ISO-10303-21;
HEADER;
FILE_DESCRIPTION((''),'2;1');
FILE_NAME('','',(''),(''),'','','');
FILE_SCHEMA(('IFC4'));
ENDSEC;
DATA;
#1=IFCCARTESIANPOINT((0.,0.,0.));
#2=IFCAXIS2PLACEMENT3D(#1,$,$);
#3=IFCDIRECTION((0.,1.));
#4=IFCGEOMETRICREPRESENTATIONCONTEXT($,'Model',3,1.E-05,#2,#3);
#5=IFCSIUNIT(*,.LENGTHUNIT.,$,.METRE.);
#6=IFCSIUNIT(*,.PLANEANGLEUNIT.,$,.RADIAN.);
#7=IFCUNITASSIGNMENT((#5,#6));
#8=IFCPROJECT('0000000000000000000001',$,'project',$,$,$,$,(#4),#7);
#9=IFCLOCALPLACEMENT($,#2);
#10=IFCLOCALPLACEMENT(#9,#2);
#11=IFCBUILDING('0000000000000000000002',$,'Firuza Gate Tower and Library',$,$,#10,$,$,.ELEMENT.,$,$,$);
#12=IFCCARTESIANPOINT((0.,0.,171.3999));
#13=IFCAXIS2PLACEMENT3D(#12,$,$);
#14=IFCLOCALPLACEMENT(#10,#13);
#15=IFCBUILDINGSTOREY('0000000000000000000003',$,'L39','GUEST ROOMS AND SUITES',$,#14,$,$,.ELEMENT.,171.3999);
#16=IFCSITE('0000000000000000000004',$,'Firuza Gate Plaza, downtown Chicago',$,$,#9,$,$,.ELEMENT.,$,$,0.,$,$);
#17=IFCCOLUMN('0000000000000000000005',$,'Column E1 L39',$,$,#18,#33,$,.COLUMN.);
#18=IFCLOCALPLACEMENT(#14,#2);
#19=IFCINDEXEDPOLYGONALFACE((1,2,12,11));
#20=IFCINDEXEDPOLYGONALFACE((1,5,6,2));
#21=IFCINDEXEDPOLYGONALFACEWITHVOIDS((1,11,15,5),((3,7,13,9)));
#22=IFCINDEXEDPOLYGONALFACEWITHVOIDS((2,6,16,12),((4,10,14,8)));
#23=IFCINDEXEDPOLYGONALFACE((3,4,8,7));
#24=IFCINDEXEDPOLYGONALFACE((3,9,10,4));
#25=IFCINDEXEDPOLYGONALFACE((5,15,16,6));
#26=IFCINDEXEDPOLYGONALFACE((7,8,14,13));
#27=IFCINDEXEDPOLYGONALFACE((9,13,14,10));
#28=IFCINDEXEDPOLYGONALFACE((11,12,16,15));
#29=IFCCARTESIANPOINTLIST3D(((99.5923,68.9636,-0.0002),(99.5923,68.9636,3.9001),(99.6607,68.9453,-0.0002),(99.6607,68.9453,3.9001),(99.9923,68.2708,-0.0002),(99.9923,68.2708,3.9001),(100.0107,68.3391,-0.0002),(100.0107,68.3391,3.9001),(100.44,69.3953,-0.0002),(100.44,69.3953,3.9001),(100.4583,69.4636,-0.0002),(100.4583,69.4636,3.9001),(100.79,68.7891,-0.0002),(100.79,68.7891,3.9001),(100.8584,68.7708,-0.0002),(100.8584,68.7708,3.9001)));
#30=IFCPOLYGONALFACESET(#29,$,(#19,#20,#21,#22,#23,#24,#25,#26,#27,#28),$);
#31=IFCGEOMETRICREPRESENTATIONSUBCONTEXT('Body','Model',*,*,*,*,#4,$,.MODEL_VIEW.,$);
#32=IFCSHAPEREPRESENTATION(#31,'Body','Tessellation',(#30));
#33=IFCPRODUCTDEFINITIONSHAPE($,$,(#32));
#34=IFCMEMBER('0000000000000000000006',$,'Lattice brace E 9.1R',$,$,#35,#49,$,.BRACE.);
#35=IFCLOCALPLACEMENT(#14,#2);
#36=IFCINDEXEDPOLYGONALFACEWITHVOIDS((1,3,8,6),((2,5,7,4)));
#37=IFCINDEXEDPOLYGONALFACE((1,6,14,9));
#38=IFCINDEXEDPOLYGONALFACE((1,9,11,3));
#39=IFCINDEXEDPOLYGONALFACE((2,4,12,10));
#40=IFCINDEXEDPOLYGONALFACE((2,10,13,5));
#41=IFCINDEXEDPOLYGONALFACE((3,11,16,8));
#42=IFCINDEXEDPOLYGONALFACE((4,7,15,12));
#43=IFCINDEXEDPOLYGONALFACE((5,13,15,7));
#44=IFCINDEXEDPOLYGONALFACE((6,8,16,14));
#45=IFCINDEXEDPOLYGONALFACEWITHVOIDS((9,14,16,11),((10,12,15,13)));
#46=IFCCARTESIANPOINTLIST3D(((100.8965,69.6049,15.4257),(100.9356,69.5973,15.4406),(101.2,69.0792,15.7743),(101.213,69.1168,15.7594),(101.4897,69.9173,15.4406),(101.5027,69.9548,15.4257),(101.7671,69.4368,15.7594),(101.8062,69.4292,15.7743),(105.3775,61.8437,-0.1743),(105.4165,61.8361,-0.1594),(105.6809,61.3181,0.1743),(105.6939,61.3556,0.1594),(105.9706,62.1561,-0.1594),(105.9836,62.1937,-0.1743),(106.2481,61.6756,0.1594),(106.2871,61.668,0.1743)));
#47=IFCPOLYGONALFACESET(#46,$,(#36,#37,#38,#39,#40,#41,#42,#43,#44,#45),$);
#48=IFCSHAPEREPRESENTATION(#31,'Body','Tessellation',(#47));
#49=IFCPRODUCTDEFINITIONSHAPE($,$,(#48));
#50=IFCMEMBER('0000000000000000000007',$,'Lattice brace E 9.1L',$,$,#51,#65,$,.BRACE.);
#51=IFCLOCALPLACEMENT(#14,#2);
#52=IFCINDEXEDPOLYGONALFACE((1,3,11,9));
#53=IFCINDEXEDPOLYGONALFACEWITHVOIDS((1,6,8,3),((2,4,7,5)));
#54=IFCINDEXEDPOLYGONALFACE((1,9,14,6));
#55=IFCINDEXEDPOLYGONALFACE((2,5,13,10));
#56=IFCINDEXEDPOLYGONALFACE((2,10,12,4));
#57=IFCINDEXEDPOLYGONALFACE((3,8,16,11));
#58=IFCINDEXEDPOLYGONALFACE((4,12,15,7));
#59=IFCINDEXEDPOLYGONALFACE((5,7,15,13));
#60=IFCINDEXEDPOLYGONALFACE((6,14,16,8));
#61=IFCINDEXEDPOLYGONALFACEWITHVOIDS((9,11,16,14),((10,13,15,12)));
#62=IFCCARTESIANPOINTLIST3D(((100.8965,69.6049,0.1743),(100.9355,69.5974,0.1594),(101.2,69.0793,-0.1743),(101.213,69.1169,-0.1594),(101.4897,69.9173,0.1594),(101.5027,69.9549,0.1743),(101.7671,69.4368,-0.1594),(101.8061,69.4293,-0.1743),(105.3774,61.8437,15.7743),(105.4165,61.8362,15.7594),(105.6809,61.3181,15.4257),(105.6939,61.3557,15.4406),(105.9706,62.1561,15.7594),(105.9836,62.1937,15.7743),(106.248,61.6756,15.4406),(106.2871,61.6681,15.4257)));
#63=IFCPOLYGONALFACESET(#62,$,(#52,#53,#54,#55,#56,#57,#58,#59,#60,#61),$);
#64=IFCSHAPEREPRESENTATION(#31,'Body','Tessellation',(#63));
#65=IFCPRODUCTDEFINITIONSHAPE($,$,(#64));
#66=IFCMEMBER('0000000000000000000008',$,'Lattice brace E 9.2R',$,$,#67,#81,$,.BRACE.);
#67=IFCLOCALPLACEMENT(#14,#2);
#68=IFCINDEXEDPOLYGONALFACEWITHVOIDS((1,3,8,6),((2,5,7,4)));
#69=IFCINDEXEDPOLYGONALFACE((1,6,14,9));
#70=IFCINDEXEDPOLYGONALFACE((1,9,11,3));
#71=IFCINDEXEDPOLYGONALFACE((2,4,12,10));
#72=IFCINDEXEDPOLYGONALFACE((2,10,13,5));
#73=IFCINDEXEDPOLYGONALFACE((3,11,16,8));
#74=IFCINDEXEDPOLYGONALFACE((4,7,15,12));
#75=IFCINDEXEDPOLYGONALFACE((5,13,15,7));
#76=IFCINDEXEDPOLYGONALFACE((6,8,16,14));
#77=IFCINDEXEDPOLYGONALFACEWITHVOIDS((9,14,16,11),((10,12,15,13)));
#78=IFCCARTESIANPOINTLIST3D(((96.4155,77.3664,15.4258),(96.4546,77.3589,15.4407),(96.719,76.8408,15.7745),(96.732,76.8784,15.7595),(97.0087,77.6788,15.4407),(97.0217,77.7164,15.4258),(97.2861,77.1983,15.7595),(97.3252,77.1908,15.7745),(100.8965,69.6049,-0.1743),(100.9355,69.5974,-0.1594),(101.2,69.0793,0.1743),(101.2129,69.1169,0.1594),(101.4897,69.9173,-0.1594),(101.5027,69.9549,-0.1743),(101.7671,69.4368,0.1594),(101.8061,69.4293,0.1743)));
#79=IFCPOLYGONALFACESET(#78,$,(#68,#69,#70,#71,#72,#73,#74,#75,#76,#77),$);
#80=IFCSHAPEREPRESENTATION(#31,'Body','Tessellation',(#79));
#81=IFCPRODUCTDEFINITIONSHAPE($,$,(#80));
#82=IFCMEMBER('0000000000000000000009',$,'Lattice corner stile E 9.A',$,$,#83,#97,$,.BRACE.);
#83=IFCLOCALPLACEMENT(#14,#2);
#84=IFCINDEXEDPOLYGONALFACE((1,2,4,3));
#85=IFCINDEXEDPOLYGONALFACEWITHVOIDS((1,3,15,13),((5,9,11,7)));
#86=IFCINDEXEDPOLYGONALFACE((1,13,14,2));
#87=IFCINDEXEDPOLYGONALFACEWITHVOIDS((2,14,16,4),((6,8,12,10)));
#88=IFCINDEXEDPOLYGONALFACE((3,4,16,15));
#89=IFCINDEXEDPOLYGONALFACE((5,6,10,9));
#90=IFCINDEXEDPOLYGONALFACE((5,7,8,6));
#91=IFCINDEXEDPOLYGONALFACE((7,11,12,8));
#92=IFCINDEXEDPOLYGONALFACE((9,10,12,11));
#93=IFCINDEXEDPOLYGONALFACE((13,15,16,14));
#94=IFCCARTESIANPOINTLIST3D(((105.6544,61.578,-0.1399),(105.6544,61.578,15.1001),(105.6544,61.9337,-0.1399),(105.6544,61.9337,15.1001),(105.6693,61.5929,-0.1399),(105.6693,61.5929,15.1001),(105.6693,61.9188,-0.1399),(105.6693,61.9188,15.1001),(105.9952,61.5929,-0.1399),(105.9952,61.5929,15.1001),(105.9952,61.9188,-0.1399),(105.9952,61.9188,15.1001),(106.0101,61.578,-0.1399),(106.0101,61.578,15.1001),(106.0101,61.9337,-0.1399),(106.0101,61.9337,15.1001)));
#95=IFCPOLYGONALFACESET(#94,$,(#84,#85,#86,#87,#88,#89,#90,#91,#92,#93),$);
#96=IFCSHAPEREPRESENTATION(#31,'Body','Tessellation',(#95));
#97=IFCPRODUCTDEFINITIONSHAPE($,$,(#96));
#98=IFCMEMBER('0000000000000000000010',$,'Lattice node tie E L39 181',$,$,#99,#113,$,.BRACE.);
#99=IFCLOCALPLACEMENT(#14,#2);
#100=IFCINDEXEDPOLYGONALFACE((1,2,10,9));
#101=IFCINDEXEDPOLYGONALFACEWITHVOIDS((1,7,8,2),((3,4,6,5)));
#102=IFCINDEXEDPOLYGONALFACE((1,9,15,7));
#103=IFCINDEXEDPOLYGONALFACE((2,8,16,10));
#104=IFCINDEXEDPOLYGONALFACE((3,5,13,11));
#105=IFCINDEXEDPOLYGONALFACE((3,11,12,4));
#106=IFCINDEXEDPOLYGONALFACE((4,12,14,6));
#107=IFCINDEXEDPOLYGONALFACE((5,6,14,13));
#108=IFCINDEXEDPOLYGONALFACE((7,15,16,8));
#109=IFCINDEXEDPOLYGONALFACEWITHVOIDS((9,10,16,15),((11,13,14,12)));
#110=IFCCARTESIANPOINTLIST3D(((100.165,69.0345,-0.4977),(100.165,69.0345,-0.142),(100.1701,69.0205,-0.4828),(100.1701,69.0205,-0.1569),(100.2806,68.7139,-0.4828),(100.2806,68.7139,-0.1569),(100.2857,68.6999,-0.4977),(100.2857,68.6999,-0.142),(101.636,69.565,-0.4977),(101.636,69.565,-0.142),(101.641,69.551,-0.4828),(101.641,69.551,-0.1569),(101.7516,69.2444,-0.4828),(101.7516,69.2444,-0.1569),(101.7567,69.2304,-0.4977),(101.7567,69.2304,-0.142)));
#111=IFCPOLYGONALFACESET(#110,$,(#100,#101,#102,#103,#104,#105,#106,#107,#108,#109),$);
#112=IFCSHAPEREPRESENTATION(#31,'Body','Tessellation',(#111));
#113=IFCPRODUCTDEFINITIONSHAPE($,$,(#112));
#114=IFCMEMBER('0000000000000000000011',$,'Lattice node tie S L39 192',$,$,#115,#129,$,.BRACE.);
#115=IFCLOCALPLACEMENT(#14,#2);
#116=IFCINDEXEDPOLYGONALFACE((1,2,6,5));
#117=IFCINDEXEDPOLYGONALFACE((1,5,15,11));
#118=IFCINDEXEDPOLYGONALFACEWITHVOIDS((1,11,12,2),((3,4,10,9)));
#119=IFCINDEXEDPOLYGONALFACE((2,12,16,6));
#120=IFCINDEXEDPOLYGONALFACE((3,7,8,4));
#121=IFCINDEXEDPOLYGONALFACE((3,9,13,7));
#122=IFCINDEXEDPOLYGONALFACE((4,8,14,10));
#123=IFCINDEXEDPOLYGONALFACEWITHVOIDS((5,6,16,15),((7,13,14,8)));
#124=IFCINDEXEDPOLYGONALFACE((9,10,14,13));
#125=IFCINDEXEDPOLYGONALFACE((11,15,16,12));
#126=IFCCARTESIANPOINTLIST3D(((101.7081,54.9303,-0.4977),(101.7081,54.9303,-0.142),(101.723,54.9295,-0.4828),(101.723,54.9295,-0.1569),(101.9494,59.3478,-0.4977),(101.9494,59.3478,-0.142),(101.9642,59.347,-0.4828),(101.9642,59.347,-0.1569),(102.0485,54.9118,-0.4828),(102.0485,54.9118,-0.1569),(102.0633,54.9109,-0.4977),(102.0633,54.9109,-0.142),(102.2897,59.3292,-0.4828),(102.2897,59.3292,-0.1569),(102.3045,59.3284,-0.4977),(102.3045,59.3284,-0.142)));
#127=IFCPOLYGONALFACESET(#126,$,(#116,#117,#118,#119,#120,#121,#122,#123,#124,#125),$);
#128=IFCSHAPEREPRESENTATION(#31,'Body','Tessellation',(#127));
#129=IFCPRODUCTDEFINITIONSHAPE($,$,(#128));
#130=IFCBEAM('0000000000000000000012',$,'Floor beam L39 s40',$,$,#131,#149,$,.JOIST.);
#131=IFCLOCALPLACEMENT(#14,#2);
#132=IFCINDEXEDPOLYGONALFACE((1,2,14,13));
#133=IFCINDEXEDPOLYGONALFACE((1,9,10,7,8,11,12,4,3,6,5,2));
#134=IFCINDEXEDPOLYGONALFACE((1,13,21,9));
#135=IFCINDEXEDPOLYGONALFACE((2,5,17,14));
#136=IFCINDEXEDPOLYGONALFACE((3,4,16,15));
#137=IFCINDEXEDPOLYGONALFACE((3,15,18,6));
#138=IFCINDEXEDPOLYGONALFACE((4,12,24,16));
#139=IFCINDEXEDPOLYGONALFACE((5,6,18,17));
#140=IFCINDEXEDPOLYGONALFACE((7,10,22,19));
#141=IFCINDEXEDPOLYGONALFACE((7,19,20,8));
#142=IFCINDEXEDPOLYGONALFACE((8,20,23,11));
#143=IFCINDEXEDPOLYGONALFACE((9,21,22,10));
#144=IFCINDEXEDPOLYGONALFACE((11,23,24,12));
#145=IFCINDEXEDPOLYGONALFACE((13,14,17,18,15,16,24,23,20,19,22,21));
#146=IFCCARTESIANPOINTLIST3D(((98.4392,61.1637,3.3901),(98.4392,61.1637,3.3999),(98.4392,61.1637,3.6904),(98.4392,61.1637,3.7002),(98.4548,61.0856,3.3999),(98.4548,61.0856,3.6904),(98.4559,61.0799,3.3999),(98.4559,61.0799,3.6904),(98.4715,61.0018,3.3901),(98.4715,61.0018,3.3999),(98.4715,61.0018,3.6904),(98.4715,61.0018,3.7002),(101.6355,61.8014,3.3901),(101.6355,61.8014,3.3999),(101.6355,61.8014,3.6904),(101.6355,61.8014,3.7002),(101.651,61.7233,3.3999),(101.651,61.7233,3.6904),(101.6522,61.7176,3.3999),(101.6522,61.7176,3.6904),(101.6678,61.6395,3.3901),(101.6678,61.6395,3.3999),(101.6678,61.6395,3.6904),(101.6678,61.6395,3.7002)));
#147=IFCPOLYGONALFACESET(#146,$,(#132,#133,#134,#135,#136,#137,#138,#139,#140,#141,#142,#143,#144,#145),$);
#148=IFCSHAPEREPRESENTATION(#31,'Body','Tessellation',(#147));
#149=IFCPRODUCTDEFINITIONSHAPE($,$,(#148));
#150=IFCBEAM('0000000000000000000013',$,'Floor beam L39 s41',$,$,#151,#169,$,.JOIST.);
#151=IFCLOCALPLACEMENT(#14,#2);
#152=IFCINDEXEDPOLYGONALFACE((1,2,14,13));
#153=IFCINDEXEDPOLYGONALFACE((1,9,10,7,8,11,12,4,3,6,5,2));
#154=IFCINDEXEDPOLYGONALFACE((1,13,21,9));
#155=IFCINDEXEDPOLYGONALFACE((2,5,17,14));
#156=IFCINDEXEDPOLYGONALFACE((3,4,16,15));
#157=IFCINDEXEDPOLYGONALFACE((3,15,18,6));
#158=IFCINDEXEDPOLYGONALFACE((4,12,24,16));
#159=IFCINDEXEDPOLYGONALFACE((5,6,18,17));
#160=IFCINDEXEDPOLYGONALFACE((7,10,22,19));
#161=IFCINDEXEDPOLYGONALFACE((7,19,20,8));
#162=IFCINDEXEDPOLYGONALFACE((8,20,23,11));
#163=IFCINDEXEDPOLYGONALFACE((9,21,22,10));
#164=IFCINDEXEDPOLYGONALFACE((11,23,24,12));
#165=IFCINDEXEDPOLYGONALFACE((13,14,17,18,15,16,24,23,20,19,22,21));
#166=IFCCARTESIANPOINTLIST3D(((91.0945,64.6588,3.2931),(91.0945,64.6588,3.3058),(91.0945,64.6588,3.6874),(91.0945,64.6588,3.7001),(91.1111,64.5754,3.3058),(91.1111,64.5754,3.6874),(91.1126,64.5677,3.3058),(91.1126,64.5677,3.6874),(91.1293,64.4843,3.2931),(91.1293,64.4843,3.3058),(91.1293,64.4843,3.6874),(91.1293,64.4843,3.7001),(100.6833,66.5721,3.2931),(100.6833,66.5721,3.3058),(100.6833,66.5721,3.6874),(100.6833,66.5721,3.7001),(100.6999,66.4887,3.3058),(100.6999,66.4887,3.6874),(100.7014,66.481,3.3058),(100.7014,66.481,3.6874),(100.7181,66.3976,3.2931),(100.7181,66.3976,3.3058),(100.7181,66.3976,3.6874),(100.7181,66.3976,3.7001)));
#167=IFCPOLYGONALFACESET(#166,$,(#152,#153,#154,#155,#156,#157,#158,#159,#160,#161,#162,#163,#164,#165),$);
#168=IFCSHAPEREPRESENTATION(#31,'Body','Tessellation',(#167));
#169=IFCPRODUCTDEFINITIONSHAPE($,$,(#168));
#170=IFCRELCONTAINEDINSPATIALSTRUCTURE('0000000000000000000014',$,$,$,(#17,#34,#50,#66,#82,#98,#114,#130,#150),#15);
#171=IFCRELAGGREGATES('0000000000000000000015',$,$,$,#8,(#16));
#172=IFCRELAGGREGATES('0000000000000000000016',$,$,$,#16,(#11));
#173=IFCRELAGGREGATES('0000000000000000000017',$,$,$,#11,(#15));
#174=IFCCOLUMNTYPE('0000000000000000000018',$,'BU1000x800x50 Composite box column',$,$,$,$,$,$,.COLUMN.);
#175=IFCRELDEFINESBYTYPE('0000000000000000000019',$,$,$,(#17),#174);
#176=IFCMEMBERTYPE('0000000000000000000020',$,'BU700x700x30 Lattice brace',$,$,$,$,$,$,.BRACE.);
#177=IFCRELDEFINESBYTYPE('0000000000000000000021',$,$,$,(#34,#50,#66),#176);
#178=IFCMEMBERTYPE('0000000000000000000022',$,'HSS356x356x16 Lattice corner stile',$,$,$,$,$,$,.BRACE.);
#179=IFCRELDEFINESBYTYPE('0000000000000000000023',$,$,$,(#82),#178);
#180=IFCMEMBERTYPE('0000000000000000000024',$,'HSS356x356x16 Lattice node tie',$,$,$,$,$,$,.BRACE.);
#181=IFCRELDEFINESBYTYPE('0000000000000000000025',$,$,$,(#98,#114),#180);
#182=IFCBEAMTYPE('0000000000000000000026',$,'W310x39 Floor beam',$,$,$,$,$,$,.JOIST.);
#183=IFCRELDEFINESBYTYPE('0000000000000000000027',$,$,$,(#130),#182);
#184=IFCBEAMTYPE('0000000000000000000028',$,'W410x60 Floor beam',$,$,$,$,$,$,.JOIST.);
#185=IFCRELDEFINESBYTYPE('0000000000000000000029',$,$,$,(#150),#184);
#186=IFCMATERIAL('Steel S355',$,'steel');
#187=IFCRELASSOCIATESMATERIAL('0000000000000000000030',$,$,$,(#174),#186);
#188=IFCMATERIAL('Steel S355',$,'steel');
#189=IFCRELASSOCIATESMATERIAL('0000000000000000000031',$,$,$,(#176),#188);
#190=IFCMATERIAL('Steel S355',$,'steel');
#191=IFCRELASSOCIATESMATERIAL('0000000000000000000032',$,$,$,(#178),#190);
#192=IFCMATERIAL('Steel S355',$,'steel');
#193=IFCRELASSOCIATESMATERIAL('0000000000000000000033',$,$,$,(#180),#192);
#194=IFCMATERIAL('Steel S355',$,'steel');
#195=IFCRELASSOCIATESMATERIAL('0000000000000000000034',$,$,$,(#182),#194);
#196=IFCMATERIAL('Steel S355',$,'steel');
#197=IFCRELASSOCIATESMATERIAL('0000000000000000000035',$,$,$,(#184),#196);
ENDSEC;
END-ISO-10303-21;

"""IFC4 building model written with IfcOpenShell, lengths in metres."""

from ifc_helpers import new_model, si_unit, direction, frame, origin, origin_2d, place, context, subcontext, project, spatial, hollow_rectangle, i_section, extrude, material, material_profile, profile_set, type_object, element, save


model = new_model("IFC4")

# Units and contexts
model_context = context("Model", 3, precision=1e-05, world=origin(), true_north=direction((0.0, 1.0)))
body_context = subcontext(model_context, "Body", "Model", "MODEL_VIEW")
ifc_project = project(units=[si_unit("LENGTHUNIT", "METRE"), si_unit("PLANEANGLEUNIT", "RADIAN")], contexts=[model_context])

# Site, building, storey
site_placement = place(None, origin())
site = spatial("IfcSite", under=ifc_project, at=site_placement, Name="Firuza Gate Plaza, downtown Chicago", CompositionType="ELEMENT", RefElevation=0.0)
building_placement = place(site_placement, origin())
building = spatial("IfcBuilding", under=site, at=building_placement, Name="Firuza Gate Tower and Library", CompositionType="ELEMENT")
storey_placement = place(building_placement, frame((0.0, 0.0, 171.3999)))
storey = spatial("IfcBuildingStorey", under=building, at=storey_placement, Name="L39", Description="GUEST ROOMS AND SUITES", CompositionType="ELEMENT", Elevation=171.3999)

# Column
ifc_material_1 = material(Name="Steel S355", Category="steel")
ifc_material_profile_1 = material_profile(ifc_material_1, hollow_rectangle(XDim=0.8, YDim=1.0, WallThickness=0.05, at=origin_2d()))
ifc_profile_set_1 = profile_set([ifc_material_profile_1], Name="Steel S355")
column_type = type_object("IfcColumnType", Name="BU1000x800x50 Composite box column", PredefinedType="COLUMN", material=ifc_profile_set_1)
column_placement = place(storey_placement, frame((100.2253, 68.8672, -0.0002), z_axis=(0.0, 0.0, 1.0), x_axis=(-0.5, 0.866025, 0.0)))
element("IfcColumn", 1, at=column_placement, inside=storey, type_object=column_type, Name="Column E1 L39", PredefinedType="COLUMN", context=body_context, shape_type="SweptSolid", body=[
    extrude(hollow_rectangle(XDim=0.8, YDim=1.0, WallThickness=0.05, at=origin_2d()), origin(), (0.0, 0.0, 1.0), 3.9004),
])

# Members
ifc_material_2 = material(Name="Steel S355", Category="steel")
ifc_material_profile_2 = material_profile(ifc_material_2, hollow_rectangle(XDim=0.7, YDim=0.7, WallThickness=0.03, at=origin_2d()))
ifc_profile_set_2 = profile_set([ifc_material_profile_2], Name="Steel S355")
member_type_1 = type_object("IfcMemberType", Name="BU700x700x30 Lattice brace", PredefinedType="BRACE", material=ifc_profile_set_2)
for number, where, z_axis, x_axis, name in (
    (2, (105.8323, 61.7559, 0.0), (-0.249066, 0.431393, 0.867102), (-0.866025, -0.500001, 0.0), "Lattice brace E 9.1R"),
    (3, (101.3513, 69.5171, 0.0), (0.249066, -0.431393, 0.867102), (0.866025, 0.500001, 0.0), "Lattice brace E 9.1L"),
):
    element("IfcMember", number, at=place(storey_placement, frame(where, z_axis=z_axis, x_axis=x_axis)), inside=storey, type_object=member_type_1, Name=name, PredefinedType="BRACE", context=body_context, shape_type="SweptSolid", body=[
        extrude(hollow_rectangle(XDim=0.7, YDim=0.7, WallThickness=0.03, at=origin_2d()), origin(), (0.0, 0.0, 1.0), 17.991),
    ])
member_1_placement = place(storey_placement, frame((101.3513, 69.5171, 0.0), z_axis=(-0.249064, 0.431404, 0.867097), x_axis=(-0.866032, -0.499989, 0.0)))
element("IfcMember", 4, at=member_1_placement, inside=storey, type_object=member_type_1, Name="Lattice brace E 9.2R", PredefinedType="BRACE", context=body_context, shape_type="SweptSolid", body=[
    extrude(hollow_rectangle(XDim=0.7, YDim=0.7, WallThickness=0.03, at=origin_2d()), origin(), (0.0, 0.0, 1.0), 17.9912),
])
ifc_material_3 = material(Name="Steel S355", Category="steel")
ifc_material_profile_3 = material_profile(ifc_material_3, hollow_rectangle(XDim=0.3557, YDim=0.3557, WallThickness=0.0149, at=origin_2d()))
ifc_profile_set_3 = profile_set([ifc_material_profile_3], Name="Steel S355")
member_type_2 = type_object("IfcMemberType", Name="HSS356x356x16 Lattice corner stile", PredefinedType="BRACE", material=ifc_profile_set_3)
member_2_placement = place(storey_placement, frame((105.8323, 61.7559, -0.1399), z_axis=(0.0, 0.0, 1.0), x_axis=(1.0, 0.0, 0.0)))
element("IfcMember", 5, at=member_2_placement, inside=storey, type_object=member_type_2, Name="Lattice corner stile E 9.A", PredefinedType="BRACE", context=body_context, shape_type="SweptSolid", body=[
    extrude(hollow_rectangle(XDim=0.3557, YDim=0.3557, WallThickness=0.0149, at=origin_2d()), origin(), (0.0, 0.0, 1.0), 15.24),
])
ifc_material_4 = material(Name="Steel S355", Category="steel")
ifc_material_profile_4 = material_profile(ifc_material_4, hollow_rectangle(XDim=0.3557, YDim=0.3557, WallThickness=0.0149, at=origin_2d()))
ifc_profile_set_4 = profile_set([ifc_material_profile_4], Name="Steel S355")
member_type_3 = type_object("IfcMemberType", Name="HSS356x356x16 Lattice node tie", PredefinedType="BRACE", material=ifc_profile_set_4)
member_3_placement = place(storey_placement, frame((100.2253, 68.8672, -0.3198), z_axis=(0.940688, 0.339272, 0.0), x_axis=(-0.339272, 0.940688, 0.0)))
element("IfcMember", 6, at=member_3_placement, inside=storey, type_object=member_type_3, Name="Lattice node tie E L39 181", PredefinedType="BRACE", context=body_context, shape_type="SweptSolid", body=[
    extrude(hollow_rectangle(XDim=0.3557, YDim=0.3557, WallThickness=0.0149, at=origin_2d()), origin(), (0.0, 0.0, 1.0), 1.5637),
])
member_4_placement = place(storey_placement, frame((102.127, 59.3381, -0.3198), z_axis=(-0.054523, -0.998513, 0.0), x_axis=(0.998513, -0.054523, 0.0)))
element("IfcMember", 7, at=member_4_placement, inside=storey, type_object=member_type_3, Name="Lattice node tie S L39 192", PredefinedType="BRACE", context=body_context, shape_type="SweptSolid", body=[
    extrude(hollow_rectangle(XDim=0.3557, YDim=0.3557, WallThickness=0.0149, at=origin_2d()), origin(), (0.0, 0.0, 1.0), 4.4241),
])

# Beams
ifc_material_5 = material(Name="Steel S355", Category="steel")
ifc_material_profile_5 = material_profile(ifc_material_5, i_section(OverallWidth=0.165, OverallDepth=0.3101, WebThickness=0.0059, FlangeThickness=0.0098, at=origin_2d()))
ifc_profile_set_5 = profile_set([ifc_material_profile_5], Name="Steel S355")
beam_type_1 = type_object("IfcBeamType", Name="W310x39 Floor beam", PredefinedType="JOIST", material=ifc_profile_set_5)
beam_1_placement = place(storey_placement, frame((101.6516, 61.7205, 3.5452), z_axis=(-0.980673, -0.195655, 0.0), x_axis=(0.195655, -0.980673, 0.0)))
element("IfcBeam", 8, at=beam_1_placement, inside=storey, type_object=beam_type_1, Name="Floor beam L39 s40", PredefinedType="JOIST", context=body_context, shape_type="SweptSolid", body=[
    extrude(i_section(OverallWidth=0.165, OverallDepth=0.3101, WebThickness=0.0059, FlangeThickness=0.0098, at=origin_2d()), origin(), (0.0, 0.0, 1.0), 3.2593),
])
ifc_material_6 = material(Name="Steel S355", Category="steel")
ifc_material_profile_6 = material_profile(ifc_material_6, i_section(OverallWidth=0.178, OverallDepth=0.407, WebThickness=0.0078, FlangeThickness=0.0127, at=origin_2d()))
ifc_profile_set_6 = profile_set([ifc_material_profile_6], Name="Steel S355")
beam_type_2 = type_object("IfcBeamType", Name="W410x60 Floor beam", PredefinedType="JOIST", material=ifc_profile_set_6)
beam_2_placement = place(storey_placement, frame((100.7007, 66.4849, 3.4966), z_axis=(-0.980668, -0.195679, 0.0), x_axis=(0.195679, -0.980668, 0.0)))
element("IfcBeam", 9, at=beam_2_placement, inside=storey, type_object=beam_type_2, Name="Floor beam L39 s41", PredefinedType="JOIST", context=body_context, shape_type="SweptSolid", body=[
    extrude(i_section(OverallWidth=0.178, OverallDepth=0.407, WebThickness=0.0078, FlangeThickness=0.0127, at=origin_2d()), origin(), (0.0, 0.0, 1.0), 9.7778),
])

save(model, "model.ifc")
